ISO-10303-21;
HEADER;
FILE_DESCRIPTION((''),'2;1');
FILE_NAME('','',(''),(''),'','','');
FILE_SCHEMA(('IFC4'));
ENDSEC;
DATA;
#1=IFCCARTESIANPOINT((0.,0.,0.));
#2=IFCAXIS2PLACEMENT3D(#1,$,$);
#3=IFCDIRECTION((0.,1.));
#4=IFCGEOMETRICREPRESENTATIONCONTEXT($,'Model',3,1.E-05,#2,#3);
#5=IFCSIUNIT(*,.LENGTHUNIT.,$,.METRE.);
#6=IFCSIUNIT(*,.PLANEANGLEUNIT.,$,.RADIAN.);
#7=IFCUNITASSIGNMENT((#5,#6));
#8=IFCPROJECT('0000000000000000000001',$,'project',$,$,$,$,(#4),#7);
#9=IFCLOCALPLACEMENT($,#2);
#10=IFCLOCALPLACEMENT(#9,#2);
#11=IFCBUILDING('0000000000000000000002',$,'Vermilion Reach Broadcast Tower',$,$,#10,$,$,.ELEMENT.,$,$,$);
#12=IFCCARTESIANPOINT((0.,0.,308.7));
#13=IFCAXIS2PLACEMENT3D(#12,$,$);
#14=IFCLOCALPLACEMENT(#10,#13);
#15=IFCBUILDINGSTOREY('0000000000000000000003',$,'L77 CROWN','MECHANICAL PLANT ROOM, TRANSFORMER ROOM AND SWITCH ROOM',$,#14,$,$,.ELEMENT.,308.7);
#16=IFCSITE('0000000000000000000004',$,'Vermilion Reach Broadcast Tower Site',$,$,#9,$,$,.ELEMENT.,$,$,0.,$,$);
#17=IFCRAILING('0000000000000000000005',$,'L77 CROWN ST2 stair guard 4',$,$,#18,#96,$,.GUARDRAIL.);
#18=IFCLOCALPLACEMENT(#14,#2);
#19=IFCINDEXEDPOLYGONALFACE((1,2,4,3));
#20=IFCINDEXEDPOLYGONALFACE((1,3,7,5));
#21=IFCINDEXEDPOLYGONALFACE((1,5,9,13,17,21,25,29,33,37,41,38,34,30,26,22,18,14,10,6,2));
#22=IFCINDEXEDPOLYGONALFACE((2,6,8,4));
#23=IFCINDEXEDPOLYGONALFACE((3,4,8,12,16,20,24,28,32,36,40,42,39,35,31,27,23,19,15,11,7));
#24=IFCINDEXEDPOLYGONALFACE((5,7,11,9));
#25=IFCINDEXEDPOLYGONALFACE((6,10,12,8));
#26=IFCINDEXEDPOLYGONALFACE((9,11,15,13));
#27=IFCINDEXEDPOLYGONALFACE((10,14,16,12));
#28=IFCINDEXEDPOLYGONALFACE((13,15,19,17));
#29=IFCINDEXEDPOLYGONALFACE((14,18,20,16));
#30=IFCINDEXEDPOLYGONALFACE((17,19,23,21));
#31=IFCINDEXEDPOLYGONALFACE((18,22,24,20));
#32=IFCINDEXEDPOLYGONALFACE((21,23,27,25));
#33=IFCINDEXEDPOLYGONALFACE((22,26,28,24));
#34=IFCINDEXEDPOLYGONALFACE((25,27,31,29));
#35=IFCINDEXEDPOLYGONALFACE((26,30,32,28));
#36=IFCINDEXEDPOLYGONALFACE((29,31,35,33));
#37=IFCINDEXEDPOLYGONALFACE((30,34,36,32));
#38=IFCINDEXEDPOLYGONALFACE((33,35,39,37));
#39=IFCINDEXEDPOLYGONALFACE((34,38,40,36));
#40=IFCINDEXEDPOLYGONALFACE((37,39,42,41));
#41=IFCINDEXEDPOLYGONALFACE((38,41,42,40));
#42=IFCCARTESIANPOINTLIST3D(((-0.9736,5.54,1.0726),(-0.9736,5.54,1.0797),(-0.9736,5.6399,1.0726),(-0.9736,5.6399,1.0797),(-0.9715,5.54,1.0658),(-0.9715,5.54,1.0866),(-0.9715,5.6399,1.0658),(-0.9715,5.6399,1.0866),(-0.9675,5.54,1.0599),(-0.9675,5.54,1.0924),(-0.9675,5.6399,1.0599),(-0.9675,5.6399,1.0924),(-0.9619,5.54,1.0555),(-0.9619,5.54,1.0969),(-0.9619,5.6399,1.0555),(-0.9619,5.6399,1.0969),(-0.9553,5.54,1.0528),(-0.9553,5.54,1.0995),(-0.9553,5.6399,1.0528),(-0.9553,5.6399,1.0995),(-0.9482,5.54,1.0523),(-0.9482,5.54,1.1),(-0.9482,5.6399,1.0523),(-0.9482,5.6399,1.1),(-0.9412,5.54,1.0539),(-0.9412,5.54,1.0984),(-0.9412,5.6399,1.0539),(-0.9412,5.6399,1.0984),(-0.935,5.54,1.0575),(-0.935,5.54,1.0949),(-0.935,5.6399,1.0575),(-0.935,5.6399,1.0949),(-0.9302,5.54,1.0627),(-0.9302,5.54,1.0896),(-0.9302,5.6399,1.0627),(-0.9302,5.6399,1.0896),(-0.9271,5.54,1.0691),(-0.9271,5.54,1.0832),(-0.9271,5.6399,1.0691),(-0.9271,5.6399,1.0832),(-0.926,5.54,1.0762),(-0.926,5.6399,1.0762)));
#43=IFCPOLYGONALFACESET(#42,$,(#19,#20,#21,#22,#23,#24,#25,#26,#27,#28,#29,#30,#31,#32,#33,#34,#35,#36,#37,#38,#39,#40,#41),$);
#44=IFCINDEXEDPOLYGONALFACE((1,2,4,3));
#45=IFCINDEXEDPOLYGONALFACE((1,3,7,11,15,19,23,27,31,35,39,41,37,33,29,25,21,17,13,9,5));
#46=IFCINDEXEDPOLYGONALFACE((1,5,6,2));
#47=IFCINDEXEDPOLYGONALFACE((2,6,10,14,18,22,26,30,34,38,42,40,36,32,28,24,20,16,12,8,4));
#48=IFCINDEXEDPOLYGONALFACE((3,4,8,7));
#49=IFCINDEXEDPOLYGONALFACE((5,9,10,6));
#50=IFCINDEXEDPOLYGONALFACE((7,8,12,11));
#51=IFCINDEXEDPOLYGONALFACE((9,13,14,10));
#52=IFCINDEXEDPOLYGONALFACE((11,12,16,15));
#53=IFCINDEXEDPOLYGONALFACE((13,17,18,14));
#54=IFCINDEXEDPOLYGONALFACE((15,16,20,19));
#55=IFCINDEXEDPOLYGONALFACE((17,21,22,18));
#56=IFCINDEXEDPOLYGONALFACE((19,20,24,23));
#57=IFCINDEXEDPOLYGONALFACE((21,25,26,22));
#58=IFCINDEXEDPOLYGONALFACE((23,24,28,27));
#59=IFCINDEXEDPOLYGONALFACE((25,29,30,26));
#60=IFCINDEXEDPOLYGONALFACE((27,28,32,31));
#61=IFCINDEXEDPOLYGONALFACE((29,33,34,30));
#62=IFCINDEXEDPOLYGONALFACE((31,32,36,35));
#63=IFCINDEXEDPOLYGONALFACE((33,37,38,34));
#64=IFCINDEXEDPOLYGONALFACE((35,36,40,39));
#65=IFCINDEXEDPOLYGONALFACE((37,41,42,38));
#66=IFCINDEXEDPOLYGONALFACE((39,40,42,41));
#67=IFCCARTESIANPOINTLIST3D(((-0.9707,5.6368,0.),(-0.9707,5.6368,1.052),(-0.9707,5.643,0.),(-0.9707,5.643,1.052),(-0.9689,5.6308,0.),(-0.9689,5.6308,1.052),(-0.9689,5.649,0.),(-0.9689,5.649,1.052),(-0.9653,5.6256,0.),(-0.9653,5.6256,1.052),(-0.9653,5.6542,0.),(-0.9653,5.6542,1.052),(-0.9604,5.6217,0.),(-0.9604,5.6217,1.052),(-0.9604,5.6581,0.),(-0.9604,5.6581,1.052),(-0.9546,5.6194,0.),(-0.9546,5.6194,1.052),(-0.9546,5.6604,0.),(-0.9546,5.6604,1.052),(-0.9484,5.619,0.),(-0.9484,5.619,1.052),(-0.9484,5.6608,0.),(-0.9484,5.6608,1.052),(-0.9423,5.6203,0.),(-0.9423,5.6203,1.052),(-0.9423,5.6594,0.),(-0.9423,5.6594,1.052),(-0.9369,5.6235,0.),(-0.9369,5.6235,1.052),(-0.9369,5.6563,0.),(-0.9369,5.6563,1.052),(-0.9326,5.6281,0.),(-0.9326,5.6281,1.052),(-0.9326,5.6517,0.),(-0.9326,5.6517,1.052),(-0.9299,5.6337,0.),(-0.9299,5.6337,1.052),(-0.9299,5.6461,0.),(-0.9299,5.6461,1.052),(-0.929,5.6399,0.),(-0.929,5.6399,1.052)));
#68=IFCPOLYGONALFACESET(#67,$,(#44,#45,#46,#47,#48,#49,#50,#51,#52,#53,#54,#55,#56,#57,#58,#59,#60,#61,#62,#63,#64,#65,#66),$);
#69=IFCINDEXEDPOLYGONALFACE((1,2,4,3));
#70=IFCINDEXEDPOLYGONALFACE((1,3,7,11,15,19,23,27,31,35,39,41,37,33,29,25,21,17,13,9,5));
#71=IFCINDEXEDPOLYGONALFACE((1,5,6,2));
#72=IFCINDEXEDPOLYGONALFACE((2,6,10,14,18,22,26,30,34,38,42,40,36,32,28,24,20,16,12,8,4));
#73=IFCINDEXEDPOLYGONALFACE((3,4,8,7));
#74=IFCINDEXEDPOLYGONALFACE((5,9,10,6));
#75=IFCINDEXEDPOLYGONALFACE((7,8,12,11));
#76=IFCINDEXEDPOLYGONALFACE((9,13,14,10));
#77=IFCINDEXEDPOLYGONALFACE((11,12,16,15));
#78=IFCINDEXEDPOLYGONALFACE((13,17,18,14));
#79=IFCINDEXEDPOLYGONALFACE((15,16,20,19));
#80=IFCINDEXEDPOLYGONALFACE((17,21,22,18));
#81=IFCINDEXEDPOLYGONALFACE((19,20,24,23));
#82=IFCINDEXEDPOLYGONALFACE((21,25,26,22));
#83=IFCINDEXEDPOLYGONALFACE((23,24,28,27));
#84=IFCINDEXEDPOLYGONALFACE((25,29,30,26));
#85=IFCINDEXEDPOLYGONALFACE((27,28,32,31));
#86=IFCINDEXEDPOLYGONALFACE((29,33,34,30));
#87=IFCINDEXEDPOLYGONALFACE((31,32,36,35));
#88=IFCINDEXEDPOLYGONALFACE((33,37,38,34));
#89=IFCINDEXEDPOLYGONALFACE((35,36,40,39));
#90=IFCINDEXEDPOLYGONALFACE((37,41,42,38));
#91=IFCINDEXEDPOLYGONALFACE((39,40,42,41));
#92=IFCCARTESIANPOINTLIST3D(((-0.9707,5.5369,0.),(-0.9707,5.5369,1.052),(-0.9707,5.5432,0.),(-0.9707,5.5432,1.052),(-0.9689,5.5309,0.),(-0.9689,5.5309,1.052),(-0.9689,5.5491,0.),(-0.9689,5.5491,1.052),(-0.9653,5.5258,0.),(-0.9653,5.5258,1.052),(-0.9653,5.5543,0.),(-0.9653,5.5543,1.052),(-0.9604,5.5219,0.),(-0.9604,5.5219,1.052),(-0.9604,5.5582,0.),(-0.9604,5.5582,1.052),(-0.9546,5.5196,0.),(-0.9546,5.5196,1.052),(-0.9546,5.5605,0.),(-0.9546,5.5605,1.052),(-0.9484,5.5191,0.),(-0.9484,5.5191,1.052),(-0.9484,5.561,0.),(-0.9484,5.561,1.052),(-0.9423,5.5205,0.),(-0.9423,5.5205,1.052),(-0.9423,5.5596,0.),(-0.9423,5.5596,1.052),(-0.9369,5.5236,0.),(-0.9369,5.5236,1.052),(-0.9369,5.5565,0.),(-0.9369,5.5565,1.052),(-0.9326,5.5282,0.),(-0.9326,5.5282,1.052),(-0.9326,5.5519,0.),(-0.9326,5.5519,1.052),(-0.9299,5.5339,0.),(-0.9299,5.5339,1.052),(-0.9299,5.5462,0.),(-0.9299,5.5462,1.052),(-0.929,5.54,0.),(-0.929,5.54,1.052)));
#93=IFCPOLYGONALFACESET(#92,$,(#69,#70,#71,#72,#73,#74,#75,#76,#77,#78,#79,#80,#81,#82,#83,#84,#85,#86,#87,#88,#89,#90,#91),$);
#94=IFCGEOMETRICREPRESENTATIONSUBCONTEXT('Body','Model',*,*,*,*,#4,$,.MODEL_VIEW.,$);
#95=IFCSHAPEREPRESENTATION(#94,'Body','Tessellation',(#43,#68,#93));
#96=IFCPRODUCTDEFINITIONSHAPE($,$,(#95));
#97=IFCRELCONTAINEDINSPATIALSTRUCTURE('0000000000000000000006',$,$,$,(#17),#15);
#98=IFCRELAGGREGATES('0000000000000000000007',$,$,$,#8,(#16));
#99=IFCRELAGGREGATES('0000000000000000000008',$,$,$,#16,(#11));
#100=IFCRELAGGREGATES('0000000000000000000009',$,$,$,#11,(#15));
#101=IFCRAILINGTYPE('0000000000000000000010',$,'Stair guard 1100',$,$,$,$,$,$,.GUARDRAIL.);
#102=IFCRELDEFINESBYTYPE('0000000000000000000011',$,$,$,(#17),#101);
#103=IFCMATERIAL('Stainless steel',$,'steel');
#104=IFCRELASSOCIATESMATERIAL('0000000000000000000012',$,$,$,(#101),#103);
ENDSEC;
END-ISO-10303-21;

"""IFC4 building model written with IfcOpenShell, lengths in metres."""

from ifc_helpers import new_model, si_unit, direction, frame, origin, origin_2d, place, context, subcontext, project, spatial, circle, extrude, material, type_object, element, save


model = new_model("IFC4")

# Units and contexts
model_context = context("Model", 3, precision=1e-05, world=origin(), true_north=direction((0.0, 1.0)))
body_context = subcontext(model_context, "Body", "Model", "MODEL_VIEW")
ifc_project = project(units=[si_unit("LENGTHUNIT", "METRE"), si_unit("PLANEANGLEUNIT", "RADIAN")], contexts=[model_context])

# Site, building, storey
site_placement = place(None, origin())
site = spatial("IfcSite", under=ifc_project, at=site_placement, Name="Vermilion Reach Broadcast Tower Site", CompositionType="ELEMENT", RefElevation=0.0)
building_placement = place(site_placement, origin())
building = spatial("IfcBuilding", under=site, at=building_placement, Name="Vermilion Reach Broadcast Tower", CompositionType="ELEMENT")
storey_placement = place(building_placement, frame((0.0, 0.0, 308.7)))
storey = spatial("IfcBuildingStorey", under=building, at=storey_placement, Name="L77 CROWN", Description="MECHANICAL PLANT ROOM, TRANSFORMER ROOM AND SWITCH ROOM", CompositionType="ELEMENT", Elevation=308.7)

# Railing
ifc_material_1 = material(Name="Stainless steel", Category="steel")
railing_type_1 = type_object("IfcRailingType", Name="Stair guard 1100", PredefinedType="GUARDRAIL", material=ifc_material_1)
railing_1_placement = place(storey_placement, frame((-0.95, 5.6399, 0.0)))
element("IfcRailing", 1, at=railing_1_placement, inside=storey, type_object=railing_type_1, Name="L77 CROWN ST2 stair guard 4", PredefinedType="GUARDRAIL", context=body_context, shape_type="SweptSolid", body=[
    extrude(circle(Radius=0.0239, at=origin_2d()), frame((0.0, 0.0, 1.0762), z_axis=(0.0, -1.0, 0.0), x_axis=(1.0, 0.0, 0.0)), (0.0, 0.0, 1.0), 0.0999),
    extrude(circle(Radius=0.021, at=origin_2d()), origin(), (0.0, 0.0, 1.0), 1.052),
    extrude(circle(Radius=0.021, at=origin_2d()), frame((0.0, -0.0999, 0.0)), (0.0, 0.0, 1.0), 1.052),
])

save(model, "model.ifc")
